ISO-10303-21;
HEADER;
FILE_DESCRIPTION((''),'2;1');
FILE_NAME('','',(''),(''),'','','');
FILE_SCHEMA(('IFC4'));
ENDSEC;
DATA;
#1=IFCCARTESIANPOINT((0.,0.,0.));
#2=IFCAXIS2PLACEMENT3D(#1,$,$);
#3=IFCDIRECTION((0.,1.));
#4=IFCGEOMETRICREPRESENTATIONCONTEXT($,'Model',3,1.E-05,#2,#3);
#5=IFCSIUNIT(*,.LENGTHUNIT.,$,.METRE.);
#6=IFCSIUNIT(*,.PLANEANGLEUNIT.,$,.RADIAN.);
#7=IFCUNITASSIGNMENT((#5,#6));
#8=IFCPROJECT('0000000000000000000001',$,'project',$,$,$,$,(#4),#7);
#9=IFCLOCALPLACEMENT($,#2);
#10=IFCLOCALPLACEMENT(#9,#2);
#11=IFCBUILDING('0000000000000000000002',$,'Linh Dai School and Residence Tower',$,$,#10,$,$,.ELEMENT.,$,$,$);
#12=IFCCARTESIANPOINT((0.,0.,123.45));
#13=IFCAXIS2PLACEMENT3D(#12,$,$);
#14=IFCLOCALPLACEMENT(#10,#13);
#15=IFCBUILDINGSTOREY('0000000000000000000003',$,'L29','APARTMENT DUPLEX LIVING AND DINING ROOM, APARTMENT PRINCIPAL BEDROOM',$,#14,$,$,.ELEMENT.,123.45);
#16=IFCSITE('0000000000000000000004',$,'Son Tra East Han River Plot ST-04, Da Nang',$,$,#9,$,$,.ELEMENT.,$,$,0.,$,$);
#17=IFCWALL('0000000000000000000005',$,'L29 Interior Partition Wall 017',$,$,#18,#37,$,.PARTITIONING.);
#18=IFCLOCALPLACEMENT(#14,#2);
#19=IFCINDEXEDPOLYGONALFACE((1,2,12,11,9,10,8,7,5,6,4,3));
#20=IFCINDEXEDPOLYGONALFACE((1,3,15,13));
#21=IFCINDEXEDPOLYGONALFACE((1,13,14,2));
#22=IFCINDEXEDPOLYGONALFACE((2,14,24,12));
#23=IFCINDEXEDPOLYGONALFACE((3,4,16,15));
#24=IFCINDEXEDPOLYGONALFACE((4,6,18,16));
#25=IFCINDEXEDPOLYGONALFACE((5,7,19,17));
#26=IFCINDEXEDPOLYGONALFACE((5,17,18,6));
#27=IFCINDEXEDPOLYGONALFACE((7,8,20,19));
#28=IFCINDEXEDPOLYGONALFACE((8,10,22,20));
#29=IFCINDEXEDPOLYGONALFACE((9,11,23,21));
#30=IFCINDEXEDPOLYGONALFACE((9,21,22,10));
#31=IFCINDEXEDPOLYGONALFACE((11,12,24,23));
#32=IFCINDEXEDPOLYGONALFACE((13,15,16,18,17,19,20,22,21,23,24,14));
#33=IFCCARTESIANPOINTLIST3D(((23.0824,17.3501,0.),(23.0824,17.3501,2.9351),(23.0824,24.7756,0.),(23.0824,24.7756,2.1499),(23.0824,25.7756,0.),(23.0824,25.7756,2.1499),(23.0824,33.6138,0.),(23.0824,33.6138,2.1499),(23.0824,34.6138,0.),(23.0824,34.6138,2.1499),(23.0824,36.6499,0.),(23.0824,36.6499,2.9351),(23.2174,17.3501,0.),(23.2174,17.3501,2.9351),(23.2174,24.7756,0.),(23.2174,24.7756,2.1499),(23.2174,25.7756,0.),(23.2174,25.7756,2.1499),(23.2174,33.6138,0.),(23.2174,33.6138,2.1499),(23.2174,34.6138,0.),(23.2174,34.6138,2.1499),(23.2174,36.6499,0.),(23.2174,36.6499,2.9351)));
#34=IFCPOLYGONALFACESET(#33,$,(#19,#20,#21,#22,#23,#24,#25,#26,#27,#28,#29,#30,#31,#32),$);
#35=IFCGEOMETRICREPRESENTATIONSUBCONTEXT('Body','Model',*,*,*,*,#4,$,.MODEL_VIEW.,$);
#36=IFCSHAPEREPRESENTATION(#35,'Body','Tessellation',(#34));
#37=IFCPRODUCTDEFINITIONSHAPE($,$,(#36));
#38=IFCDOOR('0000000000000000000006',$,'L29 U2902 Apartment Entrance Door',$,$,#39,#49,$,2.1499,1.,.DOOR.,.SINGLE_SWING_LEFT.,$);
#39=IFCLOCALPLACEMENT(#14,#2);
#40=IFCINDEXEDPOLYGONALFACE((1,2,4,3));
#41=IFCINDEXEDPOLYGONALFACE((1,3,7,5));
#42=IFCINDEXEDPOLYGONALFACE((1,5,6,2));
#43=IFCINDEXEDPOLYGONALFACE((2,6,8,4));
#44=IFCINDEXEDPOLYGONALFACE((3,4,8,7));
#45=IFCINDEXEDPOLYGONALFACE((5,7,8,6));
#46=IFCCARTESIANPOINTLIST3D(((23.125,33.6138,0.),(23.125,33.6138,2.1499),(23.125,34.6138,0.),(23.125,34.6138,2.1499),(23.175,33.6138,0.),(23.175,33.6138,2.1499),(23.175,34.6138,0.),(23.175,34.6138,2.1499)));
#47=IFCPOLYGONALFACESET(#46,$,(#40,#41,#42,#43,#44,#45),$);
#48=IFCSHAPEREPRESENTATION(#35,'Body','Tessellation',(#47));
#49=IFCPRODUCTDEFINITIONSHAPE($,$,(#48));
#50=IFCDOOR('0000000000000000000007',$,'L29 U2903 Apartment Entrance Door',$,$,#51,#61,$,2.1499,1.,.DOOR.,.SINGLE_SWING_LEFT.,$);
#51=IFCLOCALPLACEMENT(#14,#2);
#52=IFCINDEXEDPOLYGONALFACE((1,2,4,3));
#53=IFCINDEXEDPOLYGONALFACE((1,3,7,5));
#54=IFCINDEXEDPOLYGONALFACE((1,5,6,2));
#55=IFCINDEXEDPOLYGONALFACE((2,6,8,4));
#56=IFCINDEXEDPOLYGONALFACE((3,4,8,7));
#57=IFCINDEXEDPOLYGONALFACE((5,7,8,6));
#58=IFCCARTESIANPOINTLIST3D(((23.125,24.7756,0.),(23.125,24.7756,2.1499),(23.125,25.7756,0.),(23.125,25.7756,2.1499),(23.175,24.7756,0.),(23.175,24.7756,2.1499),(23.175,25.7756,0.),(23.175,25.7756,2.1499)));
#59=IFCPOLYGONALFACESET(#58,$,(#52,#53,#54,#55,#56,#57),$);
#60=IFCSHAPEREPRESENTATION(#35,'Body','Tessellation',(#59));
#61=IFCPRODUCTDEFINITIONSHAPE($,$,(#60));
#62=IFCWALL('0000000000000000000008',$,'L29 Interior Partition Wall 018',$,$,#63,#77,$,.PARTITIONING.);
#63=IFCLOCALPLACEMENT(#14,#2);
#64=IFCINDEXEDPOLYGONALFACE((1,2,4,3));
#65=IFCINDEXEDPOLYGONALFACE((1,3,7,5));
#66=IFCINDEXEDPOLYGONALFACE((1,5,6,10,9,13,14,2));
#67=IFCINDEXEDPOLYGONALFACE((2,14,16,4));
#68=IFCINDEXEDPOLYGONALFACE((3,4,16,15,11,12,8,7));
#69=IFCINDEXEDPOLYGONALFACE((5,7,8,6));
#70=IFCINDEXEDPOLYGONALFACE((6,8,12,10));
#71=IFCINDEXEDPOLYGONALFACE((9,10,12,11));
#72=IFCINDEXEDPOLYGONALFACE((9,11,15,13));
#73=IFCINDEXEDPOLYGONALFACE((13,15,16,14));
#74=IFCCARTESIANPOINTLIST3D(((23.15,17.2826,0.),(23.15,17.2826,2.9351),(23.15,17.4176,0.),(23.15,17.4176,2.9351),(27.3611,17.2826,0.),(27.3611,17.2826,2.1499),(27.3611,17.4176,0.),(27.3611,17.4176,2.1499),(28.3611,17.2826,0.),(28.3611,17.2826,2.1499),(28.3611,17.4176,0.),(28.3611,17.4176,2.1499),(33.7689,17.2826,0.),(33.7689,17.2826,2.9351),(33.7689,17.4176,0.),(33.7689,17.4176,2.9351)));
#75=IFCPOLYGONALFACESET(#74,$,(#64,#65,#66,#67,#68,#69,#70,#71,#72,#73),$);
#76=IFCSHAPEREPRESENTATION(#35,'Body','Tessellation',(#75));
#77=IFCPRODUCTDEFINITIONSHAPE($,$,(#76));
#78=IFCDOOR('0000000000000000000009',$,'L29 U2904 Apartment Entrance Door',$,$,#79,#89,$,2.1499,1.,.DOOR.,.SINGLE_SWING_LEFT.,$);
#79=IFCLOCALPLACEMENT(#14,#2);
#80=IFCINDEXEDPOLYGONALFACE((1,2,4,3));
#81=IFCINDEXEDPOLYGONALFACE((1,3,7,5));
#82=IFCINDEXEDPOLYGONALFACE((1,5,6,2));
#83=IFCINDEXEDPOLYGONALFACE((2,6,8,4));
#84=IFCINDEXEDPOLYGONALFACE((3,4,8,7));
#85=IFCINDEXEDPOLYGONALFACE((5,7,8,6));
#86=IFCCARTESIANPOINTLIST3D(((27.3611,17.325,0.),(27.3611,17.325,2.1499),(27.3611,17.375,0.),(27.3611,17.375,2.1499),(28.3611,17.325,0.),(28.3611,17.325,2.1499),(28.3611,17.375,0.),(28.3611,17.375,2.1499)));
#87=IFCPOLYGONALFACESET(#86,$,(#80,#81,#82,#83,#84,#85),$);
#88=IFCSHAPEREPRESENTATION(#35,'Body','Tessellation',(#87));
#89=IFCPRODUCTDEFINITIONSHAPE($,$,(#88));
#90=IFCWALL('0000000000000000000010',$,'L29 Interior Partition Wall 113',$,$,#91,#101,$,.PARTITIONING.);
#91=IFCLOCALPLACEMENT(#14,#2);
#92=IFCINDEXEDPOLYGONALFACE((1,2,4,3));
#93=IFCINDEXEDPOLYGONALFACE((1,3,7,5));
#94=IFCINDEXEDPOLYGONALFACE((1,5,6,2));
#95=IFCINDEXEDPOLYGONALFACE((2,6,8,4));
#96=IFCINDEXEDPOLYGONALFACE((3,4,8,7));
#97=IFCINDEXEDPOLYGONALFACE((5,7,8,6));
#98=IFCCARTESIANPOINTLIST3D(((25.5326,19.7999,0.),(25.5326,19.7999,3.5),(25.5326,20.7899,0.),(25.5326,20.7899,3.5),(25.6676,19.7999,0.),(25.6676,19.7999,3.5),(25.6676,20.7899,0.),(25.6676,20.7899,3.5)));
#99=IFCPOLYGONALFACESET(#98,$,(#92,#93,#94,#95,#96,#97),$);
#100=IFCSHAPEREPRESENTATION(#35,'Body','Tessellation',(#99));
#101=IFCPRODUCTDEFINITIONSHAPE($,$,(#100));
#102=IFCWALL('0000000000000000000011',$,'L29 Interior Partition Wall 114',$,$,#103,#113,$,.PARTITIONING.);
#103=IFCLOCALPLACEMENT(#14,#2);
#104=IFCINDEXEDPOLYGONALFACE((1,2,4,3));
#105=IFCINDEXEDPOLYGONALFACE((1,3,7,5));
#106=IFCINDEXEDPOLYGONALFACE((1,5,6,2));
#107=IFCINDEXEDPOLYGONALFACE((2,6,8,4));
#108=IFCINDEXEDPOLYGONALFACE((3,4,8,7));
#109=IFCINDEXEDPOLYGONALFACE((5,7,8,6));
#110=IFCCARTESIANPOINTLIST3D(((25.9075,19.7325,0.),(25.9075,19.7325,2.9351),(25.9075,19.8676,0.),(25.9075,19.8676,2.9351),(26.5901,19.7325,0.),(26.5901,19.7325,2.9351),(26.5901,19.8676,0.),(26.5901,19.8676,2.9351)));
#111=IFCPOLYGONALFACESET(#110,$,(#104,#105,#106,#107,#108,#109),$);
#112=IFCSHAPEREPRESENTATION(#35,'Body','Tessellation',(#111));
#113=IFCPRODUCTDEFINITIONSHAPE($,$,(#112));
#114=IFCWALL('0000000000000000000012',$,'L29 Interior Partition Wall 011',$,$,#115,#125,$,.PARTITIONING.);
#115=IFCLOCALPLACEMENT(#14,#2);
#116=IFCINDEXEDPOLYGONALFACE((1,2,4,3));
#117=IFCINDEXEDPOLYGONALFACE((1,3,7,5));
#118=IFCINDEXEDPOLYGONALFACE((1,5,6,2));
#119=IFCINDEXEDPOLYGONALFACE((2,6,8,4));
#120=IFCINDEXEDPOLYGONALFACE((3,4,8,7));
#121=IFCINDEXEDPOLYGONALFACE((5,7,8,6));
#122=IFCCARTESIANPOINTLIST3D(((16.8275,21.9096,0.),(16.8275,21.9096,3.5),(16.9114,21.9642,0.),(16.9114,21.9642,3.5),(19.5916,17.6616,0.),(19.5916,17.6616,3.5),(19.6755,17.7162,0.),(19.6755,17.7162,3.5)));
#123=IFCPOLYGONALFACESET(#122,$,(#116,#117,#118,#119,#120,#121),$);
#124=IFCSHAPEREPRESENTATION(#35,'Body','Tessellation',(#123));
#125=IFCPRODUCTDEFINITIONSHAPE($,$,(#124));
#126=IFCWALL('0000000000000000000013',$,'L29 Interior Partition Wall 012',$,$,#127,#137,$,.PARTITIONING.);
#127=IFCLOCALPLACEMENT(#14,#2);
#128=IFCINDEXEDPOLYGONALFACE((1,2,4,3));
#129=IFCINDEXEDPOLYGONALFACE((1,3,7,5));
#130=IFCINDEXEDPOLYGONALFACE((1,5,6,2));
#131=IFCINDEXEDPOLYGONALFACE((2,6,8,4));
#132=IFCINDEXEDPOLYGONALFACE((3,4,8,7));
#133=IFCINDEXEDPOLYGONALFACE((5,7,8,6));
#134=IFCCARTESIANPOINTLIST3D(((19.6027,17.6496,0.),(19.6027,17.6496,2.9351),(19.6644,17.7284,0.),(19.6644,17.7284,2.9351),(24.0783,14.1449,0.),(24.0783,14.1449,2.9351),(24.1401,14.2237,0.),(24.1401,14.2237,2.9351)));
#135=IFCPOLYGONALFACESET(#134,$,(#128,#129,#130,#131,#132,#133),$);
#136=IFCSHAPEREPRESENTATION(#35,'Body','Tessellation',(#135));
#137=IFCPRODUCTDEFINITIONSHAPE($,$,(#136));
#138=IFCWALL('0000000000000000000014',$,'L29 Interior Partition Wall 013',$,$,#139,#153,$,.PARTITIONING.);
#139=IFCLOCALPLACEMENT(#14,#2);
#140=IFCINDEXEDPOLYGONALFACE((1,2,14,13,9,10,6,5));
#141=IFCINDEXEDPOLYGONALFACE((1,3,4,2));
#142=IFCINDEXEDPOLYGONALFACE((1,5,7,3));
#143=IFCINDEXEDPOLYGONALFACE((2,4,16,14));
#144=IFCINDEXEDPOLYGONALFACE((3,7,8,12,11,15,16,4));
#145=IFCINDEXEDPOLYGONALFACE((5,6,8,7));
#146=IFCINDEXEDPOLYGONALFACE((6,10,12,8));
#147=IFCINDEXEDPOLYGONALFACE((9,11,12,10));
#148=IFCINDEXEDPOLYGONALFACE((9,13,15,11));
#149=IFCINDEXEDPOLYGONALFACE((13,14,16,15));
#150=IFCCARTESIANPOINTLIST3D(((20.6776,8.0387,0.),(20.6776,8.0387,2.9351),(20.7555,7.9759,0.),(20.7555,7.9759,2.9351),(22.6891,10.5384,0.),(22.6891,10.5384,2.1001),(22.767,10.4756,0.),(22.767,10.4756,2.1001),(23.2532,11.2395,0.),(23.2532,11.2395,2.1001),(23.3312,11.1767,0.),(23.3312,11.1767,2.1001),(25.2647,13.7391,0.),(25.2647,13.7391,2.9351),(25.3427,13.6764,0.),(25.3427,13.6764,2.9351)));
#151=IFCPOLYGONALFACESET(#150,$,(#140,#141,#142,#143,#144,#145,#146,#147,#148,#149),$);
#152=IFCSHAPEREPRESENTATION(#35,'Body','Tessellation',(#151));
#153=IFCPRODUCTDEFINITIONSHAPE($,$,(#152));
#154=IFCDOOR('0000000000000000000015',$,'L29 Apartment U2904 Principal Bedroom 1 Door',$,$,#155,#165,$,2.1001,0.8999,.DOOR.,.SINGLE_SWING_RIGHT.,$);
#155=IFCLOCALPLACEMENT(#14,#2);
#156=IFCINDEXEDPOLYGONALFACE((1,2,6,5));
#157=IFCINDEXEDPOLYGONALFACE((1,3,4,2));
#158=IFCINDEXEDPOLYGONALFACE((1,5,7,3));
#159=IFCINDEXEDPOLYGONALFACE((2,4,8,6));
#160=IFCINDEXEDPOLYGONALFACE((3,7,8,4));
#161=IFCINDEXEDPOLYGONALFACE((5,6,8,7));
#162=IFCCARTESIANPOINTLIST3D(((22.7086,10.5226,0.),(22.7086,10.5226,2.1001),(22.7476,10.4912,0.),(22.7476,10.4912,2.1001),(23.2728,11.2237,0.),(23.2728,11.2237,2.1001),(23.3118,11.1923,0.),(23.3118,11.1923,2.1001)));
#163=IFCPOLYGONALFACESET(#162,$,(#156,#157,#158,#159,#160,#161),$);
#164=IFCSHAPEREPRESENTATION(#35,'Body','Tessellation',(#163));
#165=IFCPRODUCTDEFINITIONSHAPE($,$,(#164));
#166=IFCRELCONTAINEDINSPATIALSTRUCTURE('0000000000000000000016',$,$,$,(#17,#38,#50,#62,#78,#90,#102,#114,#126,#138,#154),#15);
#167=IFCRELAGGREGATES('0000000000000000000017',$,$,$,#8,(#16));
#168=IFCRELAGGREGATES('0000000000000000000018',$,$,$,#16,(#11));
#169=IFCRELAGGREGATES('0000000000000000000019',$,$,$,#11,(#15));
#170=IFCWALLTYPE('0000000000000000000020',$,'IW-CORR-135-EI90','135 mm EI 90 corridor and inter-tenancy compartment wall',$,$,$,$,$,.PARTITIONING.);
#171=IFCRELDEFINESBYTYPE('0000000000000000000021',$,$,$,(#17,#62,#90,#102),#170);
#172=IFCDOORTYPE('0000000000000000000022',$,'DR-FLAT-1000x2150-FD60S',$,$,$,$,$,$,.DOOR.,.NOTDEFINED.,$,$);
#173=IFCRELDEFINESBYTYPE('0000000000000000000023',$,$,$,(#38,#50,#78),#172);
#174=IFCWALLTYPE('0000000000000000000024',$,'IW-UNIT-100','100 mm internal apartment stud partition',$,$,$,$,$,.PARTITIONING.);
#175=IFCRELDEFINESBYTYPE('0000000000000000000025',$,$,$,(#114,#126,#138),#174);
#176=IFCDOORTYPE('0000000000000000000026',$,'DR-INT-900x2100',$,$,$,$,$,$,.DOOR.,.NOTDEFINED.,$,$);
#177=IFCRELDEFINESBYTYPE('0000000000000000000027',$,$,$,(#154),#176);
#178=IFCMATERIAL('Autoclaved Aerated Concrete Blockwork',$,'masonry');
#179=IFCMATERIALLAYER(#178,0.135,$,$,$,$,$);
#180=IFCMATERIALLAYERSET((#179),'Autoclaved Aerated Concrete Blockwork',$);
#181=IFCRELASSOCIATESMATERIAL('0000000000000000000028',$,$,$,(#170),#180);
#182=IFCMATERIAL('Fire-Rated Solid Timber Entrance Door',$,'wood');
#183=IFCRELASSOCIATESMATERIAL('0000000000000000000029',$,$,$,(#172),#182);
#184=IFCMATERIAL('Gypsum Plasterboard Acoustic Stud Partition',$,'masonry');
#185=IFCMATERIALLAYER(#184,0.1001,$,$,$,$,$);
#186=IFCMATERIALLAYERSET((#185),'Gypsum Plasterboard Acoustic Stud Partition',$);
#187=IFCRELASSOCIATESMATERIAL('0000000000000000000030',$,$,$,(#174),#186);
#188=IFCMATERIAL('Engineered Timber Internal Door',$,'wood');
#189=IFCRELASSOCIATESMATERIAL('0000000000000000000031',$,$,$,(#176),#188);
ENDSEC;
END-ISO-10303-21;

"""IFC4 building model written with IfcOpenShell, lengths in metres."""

from ifc_helpers import new_model, si_unit, direction, frame, frame_2d, origin, origin_2d, place, context, subcontext, project, spatial, rectangle, extrude, source, transform, mapped, material, layer, layer_set, type_object, element, fill, save


model = new_model("IFC4")

# Units and contexts
model_context = context("Model", 3, precision=1e-05, world=origin(), true_north=direction((0.0, 1.0)))
body_context = subcontext(model_context, "Body", "Model", "MODEL_VIEW")
ifc_project = project(units=[si_unit("LENGTHUNIT", "METRE"), si_unit("PLANEANGLEUNIT", "RADIAN")], contexts=[model_context])

# Site, building, storey
site_placement = place(None, origin())
site = spatial("IfcSite", under=ifc_project, at=site_placement, Name="Son Tra East Han River Plot ST-04, Da Nang", CompositionType="ELEMENT", RefElevation=0.0)
building_placement = place(site_placement, origin())
building = spatial("IfcBuilding", under=site, at=building_placement, Name="Linh Dai School and Residence Tower", CompositionType="ELEMENT")
storey_placement = place(building_placement, frame((0.0, 0.0, 123.45)))
storey = spatial("IfcBuildingStorey", under=building, at=storey_placement, Name="L29", Description="APARTMENT DUPLEX LIVING AND DINING ROOM, APARTMENT PRINCIPAL BEDROOM", CompositionType="ELEMENT", Elevation=123.45)

# Wall, openings, doors
ifc_material_1 = material(Name="Autoclaved Aerated Concrete Blockwork", Category="masonry")
ifc_layer_1 = layer(ifc_material_1, 0.135)
ifc_layer_set_1 = layer_set([ifc_layer_1], Name="Autoclaved Aerated Concrete Blockwork")
wall_type_1 = type_object("IfcWallType", Name="IW-CORR-135-EI90", Description="135 mm EI 90 corridor and inter-tenancy compartment wall", PredefinedType="PARTITIONING", material=ifc_layer_set_1)
wall_1_placement = place(storey_placement, frame((23.1499, 17.3501, 0.0), z_axis=(0.0, 0.0, 1.0), x_axis=(0.0, 1.0, 0.0)))
wall_1 = element("IfcWall", 1, at=wall_1_placement, inside=storey, type_object=wall_type_1, Name="L29 Interior Partition Wall 017", PredefinedType="PARTITIONING", context=body_context, shape_type="SweptSolid", body=[
    extrude(rectangle(XDim=19.2998, YDim=0.135, at=frame_2d((9.6499, 0.0))), origin(), (0.0, 0.0, 1.0), 2.9351),
])
opening_1_placement = place(wall_1_placement, frame((16.2637, 0.0, 0.0)))
opening_1 = element("IfcOpeningElement", 2, at=opening_1_placement, cuts=wall_1, PredefinedType="OPENING", context=body_context, shape_type="SweptSolid", body=[
    extrude(rectangle(XDim=1.0, YDim=2.1499, at=origin_2d()), frame((0.5, 0.0776, 1.075), z_axis=(0.0, -1.0, 0.0), x_axis=(1.0, 0.0, 0.0)), (0.0, 0.0, 1.0), 0.155),
])
opening_2_placement = place(wall_1_placement, frame((7.4255, 0.0, 0.0)))
opening_2 = element("IfcOpeningElement", 3, at=opening_2_placement, cuts=wall_1, PredefinedType="OPENING", context=body_context, shape_type="SweptSolid", body=[
    extrude(rectangle(XDim=1.0, YDim=2.1499, at=origin_2d()), frame((0.5, 0.0776, 1.075), z_axis=(0.0, -1.0, 0.0), x_axis=(1.0, 0.0, 0.0)), (0.0, 0.0, 1.0), 0.155),
])
ifc_material_2 = material(Name="Fire-Rated Solid Timber Entrance Door", Category="wood")
door_type_1 = type_object("IfcDoorType", Name="DR-FLAT-1000x2150-FD60S", OperationType="NOTDEFINED", PredefinedType="DOOR", material=ifc_material_2)
shared_shape_1 = source(origin(), body_context, "Body", "SweptSolid", [
    extrude(rectangle(XDim=1.0, YDim=2.1499, at=origin_2d()), frame((0.5, 0.0249, 1.075), z_axis=(0.0, -1.0, 0.0), x_axis=(1.0, 0.0, 0.0)), (0.0, 0.0, 1.0), 0.05),
])
door_1_placement = place(opening_1_placement, origin())
door_1 = element("IfcDoor", 4, at=door_1_placement, inside=storey, type_object=door_type_1, Name="L29 U2902 Apartment Entrance Door", OperationType="SINGLE_SWING_LEFT", OverallHeight=2.1499, OverallWidth=1.0, PredefinedType="DOOR", context=body_context, shape_type="MappedRepresentation", body=[
    mapped(shared_shape_1, transform((0.0, 0.0, 0.0), x_axis=(1.0, 0.0, 0.0), y_axis=(0.0, 1.0, 0.0), z_axis=(0.0, 0.0, 1.0), scale=1.0)),
])
fill(opening_1, door_1)
door_2_placement = place(opening_2_placement, origin())
door_2 = element("IfcDoor", 5, at=door_2_placement, inside=storey, type_object=door_type_1, Name="L29 U2903 Apartment Entrance Door", OperationType="SINGLE_SWING_LEFT", OverallHeight=2.1499, OverallWidth=1.0, PredefinedType="DOOR", context=body_context, shape_type="MappedRepresentation", body=[
    mapped(shared_shape_1, transform((0.0, 0.0, 0.0), x_axis=(1.0, 0.0, 0.0), y_axis=(0.0, 1.0, 0.0), z_axis=(0.0, 0.0, 1.0), scale=1.0)),
])
fill(opening_2, door_2)

# Wall, opening, door
wall_2_placement = place(storey_placement, frame((23.1499, 17.3501, 0.0), z_axis=(0.0, 0.0, 1.0), x_axis=(1.0, 0.0, 0.0)))
wall_2 = element("IfcWall", 6, at=wall_2_placement, inside=storey, type_object=wall_type_1, Name="L29 Interior Partition Wall 018", PredefinedType="PARTITIONING", context=body_context, shape_type="SweptSolid", body=[
    extrude(rectangle(XDim=10.6189, YDim=0.135, at=frame_2d((5.3096, 0.0))), origin(), (0.0, 0.0, 1.0), 2.9351),
])
opening_3_placement = place(wall_2_placement, frame((4.2112, 0.0, 0.0)))
opening_3 = element("IfcOpeningElement", 7, at=opening_3_placement, cuts=wall_2, PredefinedType="OPENING", context=body_context, shape_type="SweptSolid", body=[
    extrude(rectangle(XDim=1.0, YDim=2.1499, at=origin_2d()), frame((0.5, 0.0776, 1.075), z_axis=(0.0, -1.0, 0.0), x_axis=(1.0, 0.0, 0.0)), (0.0, 0.0, 1.0), 0.155),
])
door_3_placement = place(opening_3_placement, origin())
door_3 = element("IfcDoor", 8, at=door_3_placement, inside=storey, type_object=door_type_1, Name="L29 U2904 Apartment Entrance Door", OperationType="SINGLE_SWING_LEFT", OverallHeight=2.1499, OverallWidth=1.0, PredefinedType="DOOR", context=body_context, shape_type="MappedRepresentation", body=[
    mapped(shared_shape_1, transform((0.0, 0.0, 0.0), x_axis=(1.0, 0.0, 0.0), y_axis=(0.0, 1.0, 0.0), z_axis=(0.0, 0.0, 1.0), scale=1.0)),
])
fill(opening_3, door_3)

# Walls
wall_3_placement = place(storey_placement, frame((25.6001, 20.79, 0.0), z_axis=(0.0, 0.0, 1.0), x_axis=(0.0, -1.0, 0.0)))
element("IfcWall", 9, at=wall_3_placement, inside=storey, type_object=wall_type_1, Name="L29 Interior Partition Wall 113", PredefinedType="PARTITIONING", context=body_context, shape_type="SweptSolid", body=[
    extrude(rectangle(XDim=0.99, YDim=0.135, at=frame_2d((0.4951, 0.0))), origin(), (0.0, 0.0, 1.0), 3.5),
])
wall_4_placement = place(storey_placement, frame((25.9075, 19.8, 0.0), z_axis=(0.0, 0.0, 1.0), x_axis=(1.0, 0.0, 0.0)))
element("IfcWall", 10, at=wall_4_placement, inside=storey, type_object=wall_type_1, Name="L29 Interior Partition Wall 114", PredefinedType="PARTITIONING", context=body_context, shape_type="SweptSolid", body=[
    extrude(rectangle(XDim=0.6826, YDim=0.135, at=frame_2d((0.3413, 0.0))), origin(), (0.0, 0.0, 1.0), 2.9351),
])
ifc_material_3 = material(Name="Gypsum Plasterboard Acoustic Stud Partition", Category="masonry")
ifc_layer_2 = layer(ifc_material_3, 0.1001)
ifc_layer_set_2 = layer_set([ifc_layer_2], Name="Gypsum Plasterboard Acoustic Stud Partition")
wall_type_2 = type_object("IfcWallType", Name="IW-UNIT-100", Description="100 mm internal apartment stud partition", PredefinedType="PARTITIONING", material=ifc_layer_set_2)
wall_5_placement = place(storey_placement, frame((16.8694, 21.937, 0.0), z_axis=(0.0, 0.0, 1.0), x_axis=(0.545395, -0.838179, 0.0)))
element("IfcWall", 11, at=wall_5_placement, inside=storey, type_object=wall_type_2, Name="L29 Interior Partition Wall 011", PredefinedType="PARTITIONING", context=body_context, shape_type="SweptSolid", body=[
    extrude(rectangle(XDim=5.0681, YDim=0.1001, at=frame_2d((2.5342, 0.0))), origin(), (0.0, 0.0, 1.0), 3.5),
])
wall_6_placement = place(storey_placement, frame((19.6335, 17.689, 0.0), z_axis=(0.0, 0.0, 1.0), x_axis=(0.787334, -0.616527, 0.0)))
element("IfcWall", 12, at=wall_6_placement, inside=storey, type_object=wall_type_2, Name="L29 Interior Partition Wall 012", PredefinedType="PARTITIONING", context=body_context, shape_type="SweptSolid", body=[
    extrude(rectangle(XDim=5.6846, YDim=0.1001, at=frame_2d((2.8423, 0.0))), origin(), (0.0, 0.0, 1.0), 2.9351),
])

# Wall, opening, door
wall_7_placement = place(storey_placement, frame((20.7166, 8.0073, 0.0), z_axis=(0.0, 0.0, 1.0), x_axis=(0.626926, 0.779078, 0.0)))
wall_7 = element("IfcWall", 13, at=wall_7_placement, inside=storey, type_object=wall_type_2, Name="L29 Interior Partition Wall 013", PredefinedType="PARTITIONING", context=body_context, shape_type="SweptSolid", body=[
    extrude(rectangle(XDim=7.3169, YDim=0.1001, at=frame_2d((3.6584, 0.0))), origin(), (0.0, 0.0, 1.0), 2.9351),
])
opening_4_placement = place(wall_7_placement, frame((3.2085, 0.0, 0.0)))
opening_4 = element("IfcOpeningElement", 14, at=opening_4_placement, cuts=wall_7, PredefinedType="OPENING", context=body_context, shape_type="SweptSolid", body=[
    extrude(rectangle(XDim=0.8999, YDim=2.1001, at=origin_2d()), frame((0.45, 0.0601, 1.05), z_axis=(0.0, -1.0, 0.0), x_axis=(1.0, 0.0, 0.0)), (0.0, 0.0, 1.0), 0.1201),
])
ifc_material_4 = material(Name="Engineered Timber Internal Door", Category="wood")
door_type_2 = type_object("IfcDoorType", Name="DR-INT-900x2100", OperationType="NOTDEFINED", PredefinedType="DOOR", material=ifc_material_4)
shared_shape_2 = source(origin(), body_context, "Body", "SweptSolid", [
    extrude(rectangle(XDim=0.8999, YDim=2.1001, at=origin_2d()), frame((0.45, 0.0249, 1.05), z_axis=(0.0, -1.0, 0.0), x_axis=(1.0, 0.0, 0.0)), (0.0, 0.0, 1.0), 0.05),
])
door_4_placement = place(opening_4_placement, origin())
door_4 = element("IfcDoor", 15, at=door_4_placement, inside=storey, type_object=door_type_2, Name="L29 Apartment U2904 Principal Bedroom 1 Door", OperationType="SINGLE_SWING_RIGHT", OverallHeight=2.1001, OverallWidth=0.8999, PredefinedType="DOOR", context=body_context, shape_type="MappedRepresentation", body=[
    mapped(shared_shape_2, transform((0.0, 0.0, 0.0), x_axis=(1.0, 0.0, 0.0), y_axis=(0.0, 1.0, 0.0), z_axis=(0.0, 0.0, 1.0), scale=1.0)),
])
fill(opening_4, door_4)

save(model, "model.ifc")
